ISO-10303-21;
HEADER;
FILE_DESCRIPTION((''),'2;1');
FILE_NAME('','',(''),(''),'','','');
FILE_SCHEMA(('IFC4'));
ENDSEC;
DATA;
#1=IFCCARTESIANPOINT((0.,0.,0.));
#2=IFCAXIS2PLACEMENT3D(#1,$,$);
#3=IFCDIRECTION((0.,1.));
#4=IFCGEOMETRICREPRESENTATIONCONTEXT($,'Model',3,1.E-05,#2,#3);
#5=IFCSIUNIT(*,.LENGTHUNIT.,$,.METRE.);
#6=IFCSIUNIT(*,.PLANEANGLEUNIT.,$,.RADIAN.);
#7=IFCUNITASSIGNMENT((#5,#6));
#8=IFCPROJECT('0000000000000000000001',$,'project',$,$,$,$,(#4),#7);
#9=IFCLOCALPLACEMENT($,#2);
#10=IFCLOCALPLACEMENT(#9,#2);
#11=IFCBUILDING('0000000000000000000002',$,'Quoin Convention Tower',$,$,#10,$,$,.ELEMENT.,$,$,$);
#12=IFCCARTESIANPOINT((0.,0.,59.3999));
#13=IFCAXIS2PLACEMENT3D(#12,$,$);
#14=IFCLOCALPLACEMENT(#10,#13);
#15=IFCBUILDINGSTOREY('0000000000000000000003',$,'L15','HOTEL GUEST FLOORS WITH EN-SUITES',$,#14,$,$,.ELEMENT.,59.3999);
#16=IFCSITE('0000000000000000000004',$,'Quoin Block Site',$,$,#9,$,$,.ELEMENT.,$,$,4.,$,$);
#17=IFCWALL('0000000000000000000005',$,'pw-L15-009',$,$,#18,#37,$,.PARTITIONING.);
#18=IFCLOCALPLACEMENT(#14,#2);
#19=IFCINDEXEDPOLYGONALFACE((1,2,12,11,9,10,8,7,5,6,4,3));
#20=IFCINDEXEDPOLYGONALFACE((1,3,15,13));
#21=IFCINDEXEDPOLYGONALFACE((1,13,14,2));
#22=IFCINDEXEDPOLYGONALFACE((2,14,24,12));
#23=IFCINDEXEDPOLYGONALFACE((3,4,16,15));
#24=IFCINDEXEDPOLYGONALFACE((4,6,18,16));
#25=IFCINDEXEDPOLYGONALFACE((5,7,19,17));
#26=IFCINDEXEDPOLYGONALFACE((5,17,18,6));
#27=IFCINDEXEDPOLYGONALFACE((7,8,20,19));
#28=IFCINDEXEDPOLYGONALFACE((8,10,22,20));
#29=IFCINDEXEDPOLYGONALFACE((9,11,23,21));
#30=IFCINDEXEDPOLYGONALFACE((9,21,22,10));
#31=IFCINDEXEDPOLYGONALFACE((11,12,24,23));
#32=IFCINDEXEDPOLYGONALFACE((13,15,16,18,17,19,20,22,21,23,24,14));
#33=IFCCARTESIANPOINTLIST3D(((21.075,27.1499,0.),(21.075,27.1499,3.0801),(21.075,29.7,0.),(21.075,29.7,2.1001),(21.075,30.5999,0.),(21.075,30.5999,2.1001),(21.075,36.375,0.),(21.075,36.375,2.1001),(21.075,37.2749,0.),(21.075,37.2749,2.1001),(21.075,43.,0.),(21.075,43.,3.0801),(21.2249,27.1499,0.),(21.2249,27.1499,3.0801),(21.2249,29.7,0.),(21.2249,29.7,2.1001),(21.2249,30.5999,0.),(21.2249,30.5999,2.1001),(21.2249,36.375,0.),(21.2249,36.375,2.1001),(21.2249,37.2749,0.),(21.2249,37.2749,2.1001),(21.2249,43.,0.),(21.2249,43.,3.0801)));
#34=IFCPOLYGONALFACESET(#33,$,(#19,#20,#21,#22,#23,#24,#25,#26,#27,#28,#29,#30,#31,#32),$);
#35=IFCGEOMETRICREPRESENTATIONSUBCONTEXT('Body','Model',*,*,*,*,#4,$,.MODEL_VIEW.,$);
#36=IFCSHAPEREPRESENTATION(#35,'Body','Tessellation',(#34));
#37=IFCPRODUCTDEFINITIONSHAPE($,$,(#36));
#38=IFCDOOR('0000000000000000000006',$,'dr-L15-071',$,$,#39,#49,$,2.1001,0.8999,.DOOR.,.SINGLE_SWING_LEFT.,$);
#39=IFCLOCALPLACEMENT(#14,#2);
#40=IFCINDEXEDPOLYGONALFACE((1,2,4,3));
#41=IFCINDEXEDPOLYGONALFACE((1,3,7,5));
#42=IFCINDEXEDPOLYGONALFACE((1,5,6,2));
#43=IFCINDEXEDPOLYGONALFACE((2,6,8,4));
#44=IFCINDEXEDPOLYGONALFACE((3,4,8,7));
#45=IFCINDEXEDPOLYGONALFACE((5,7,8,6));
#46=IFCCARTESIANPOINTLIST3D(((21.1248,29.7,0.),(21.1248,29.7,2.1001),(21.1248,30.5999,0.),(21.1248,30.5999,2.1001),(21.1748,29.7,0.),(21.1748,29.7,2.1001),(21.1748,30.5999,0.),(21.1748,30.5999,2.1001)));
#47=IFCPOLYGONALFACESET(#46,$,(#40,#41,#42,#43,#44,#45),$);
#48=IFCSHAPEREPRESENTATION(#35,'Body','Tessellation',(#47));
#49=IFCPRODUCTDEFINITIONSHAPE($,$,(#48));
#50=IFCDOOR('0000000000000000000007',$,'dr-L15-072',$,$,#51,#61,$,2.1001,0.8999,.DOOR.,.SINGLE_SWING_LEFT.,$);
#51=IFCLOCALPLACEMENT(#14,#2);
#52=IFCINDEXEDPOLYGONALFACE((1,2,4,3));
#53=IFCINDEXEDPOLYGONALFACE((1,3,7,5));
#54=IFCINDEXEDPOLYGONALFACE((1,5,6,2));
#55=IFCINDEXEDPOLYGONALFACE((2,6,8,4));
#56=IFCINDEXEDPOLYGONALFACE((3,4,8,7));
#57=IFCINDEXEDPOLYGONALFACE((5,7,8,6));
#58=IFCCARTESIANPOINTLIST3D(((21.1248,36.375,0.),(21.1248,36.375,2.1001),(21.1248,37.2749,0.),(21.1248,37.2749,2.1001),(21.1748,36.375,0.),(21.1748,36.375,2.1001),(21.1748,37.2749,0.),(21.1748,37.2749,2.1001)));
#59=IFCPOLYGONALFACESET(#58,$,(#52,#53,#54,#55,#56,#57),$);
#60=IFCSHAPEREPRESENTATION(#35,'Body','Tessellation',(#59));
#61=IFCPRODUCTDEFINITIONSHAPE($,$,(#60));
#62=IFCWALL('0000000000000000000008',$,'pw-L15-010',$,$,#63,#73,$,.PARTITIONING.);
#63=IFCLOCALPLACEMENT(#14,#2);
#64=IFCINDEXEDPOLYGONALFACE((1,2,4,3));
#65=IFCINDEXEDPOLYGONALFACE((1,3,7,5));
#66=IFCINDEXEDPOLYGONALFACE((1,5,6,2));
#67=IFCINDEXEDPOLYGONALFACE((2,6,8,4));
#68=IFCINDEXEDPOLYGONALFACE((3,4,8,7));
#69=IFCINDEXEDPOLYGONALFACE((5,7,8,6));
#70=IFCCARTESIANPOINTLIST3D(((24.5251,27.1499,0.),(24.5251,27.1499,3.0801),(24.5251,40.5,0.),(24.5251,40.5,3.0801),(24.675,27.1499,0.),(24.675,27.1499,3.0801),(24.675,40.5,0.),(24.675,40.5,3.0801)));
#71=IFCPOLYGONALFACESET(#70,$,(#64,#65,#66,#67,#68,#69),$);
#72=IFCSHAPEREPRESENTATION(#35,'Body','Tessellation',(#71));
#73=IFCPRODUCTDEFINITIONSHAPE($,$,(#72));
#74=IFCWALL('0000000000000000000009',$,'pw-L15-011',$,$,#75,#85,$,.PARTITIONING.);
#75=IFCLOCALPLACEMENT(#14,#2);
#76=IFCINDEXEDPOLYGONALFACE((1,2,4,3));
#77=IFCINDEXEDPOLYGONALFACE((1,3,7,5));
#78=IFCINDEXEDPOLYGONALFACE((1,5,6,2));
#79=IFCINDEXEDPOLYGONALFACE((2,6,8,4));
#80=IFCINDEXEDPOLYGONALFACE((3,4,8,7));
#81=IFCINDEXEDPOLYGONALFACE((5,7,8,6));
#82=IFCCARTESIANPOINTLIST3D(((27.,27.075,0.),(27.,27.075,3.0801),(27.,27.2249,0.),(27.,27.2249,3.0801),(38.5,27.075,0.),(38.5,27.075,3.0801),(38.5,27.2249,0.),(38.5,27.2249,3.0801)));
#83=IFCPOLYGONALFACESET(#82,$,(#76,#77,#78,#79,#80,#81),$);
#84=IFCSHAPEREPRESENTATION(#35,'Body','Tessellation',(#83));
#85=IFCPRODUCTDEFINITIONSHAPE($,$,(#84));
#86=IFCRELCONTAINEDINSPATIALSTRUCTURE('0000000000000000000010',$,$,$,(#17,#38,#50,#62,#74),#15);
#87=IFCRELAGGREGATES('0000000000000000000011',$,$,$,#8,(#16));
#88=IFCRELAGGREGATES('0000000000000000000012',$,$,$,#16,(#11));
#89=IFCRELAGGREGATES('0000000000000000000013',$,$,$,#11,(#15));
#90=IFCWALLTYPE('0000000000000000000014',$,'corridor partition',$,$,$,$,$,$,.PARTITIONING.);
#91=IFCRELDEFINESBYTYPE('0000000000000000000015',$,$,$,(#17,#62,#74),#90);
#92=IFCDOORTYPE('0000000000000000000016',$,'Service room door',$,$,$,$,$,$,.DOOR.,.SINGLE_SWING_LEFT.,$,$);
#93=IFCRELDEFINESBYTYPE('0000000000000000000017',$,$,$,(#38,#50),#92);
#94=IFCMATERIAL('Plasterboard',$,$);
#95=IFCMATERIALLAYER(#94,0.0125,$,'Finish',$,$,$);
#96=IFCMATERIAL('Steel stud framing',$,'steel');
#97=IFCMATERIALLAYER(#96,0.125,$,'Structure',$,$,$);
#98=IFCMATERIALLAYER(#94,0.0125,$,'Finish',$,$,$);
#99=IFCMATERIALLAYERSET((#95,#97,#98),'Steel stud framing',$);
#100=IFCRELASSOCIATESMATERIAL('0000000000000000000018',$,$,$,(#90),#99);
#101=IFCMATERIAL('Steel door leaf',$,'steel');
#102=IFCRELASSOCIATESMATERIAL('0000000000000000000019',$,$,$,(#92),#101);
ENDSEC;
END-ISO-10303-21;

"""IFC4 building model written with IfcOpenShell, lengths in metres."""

from ifc_helpers import new_model, si_unit, direction, frame, frame_2d, origin, place, context, subcontext, project, spatial, rectangle, extrude, material, layer, layer_set, type_object, element, fill, save


model = new_model("IFC4")

# Units and contexts
model_context = context("Model", 3, precision=1e-05, world=origin(), true_north=direction((0.0, 1.0)))
body_context = subcontext(model_context, "Body", "Model", "MODEL_VIEW")
ifc_project = project(units=[si_unit("LENGTHUNIT", "METRE"), si_unit("PLANEANGLEUNIT", "RADIAN")], contexts=[model_context])

# Site, building, storey
site_placement = place(None, origin())
site = spatial("IfcSite", under=ifc_project, at=site_placement, Name="Quoin Block Site", CompositionType="ELEMENT", RefElevation=4.0)
building_placement = place(site_placement, origin())
building = spatial("IfcBuilding", under=site, at=building_placement, Name="Quoin Convention Tower", CompositionType="ELEMENT")
storey_placement = place(building_placement, frame((0.0, 0.0, 59.3999)))
storey = spatial("IfcBuildingStorey", under=building, at=storey_placement, Name="L15", Description="HOTEL GUEST FLOORS WITH EN-SUITES", CompositionType="ELEMENT", Elevation=59.3999)

# Shared definitions
ifc_material_1 = material(Name="Steel door leaf", Category="steel")

# Shared definitions
ifc_material_2 = material(Name="Plasterboard")
ifc_layer_1 = layer(ifc_material_2, 0.0125, Name="Finish")
ifc_material_3 = material(Name="Steel stud framing", Category="steel")
ifc_layer_2 = layer(ifc_material_3, 0.125, Name="Structure")
ifc_layer_3 = layer(ifc_material_2, 0.0125, Name="Finish")
ifc_layer_set_1 = layer_set([ifc_layer_1, ifc_layer_2, ifc_layer_3], Name="Steel stud framing")
wall_type_1 = type_object("IfcWallType", Name="corridor partition", PredefinedType="PARTITIONING", material=ifc_layer_set_1)

# Wall, openings, doors
wall_1_placement = place(storey_placement, frame((21.1499, 27.1499, 0.0), z_axis=(0.0, 0.0, 1.0), x_axis=(0.0, 1.0, 0.0)))
wall_1 = element("IfcWall", 1, at=wall_1_placement, inside=storey, type_object=wall_type_1, Name="pw-L15-009", PredefinedType="PARTITIONING", context=body_context, shape_type="SweptSolid", body=[
    extrude(rectangle(XDim=15.8501, YDim=0.1499, at=frame_2d((7.925, 0.0))), origin(), (0.0, 0.0, 1.0), 3.0801),
])
opening_1_placement = place(wall_1_placement, frame((2.55, 0.0, 0.0)))
opening_1 = element("IfcOpeningElement", 2, at=opening_1_placement, cuts=wall_1, PredefinedType="OPENING", context=body_context, shape_type="SweptSolid", body=[
    extrude(rectangle(XDim=0.8999, YDim=2.1001, at=frame_2d((0.45, 1.05))), frame((0.0, 0.085, 0.0), z_axis=(0.0, -1.0, 0.0), x_axis=(1.0, 0.0, 0.0)), (0.0, 0.0, 1.0), 0.1699),
])
opening_2_placement = place(wall_1_placement, frame((9.2251, 0.0, 0.0)))
opening_2 = element("IfcOpeningElement", 3, at=opening_2_placement, cuts=wall_1, PredefinedType="OPENING", context=body_context, shape_type="SweptSolid", body=[
    extrude(rectangle(XDim=0.8999, YDim=2.1001, at=frame_2d((0.45, 1.05))), frame((0.0, 0.085, 0.0), z_axis=(0.0, -1.0, 0.0), x_axis=(1.0, 0.0, 0.0)), (0.0, 0.0, 1.0), 0.1699),
])
door_type_1 = type_object("IfcDoorType", Name="Service room door", OperationType="SINGLE_SWING_LEFT", PredefinedType="DOOR", material=ifc_material_1)
door_1_placement = place(opening_1_placement, frame((0.8999, 0.0, 0.0), z_axis=(0.0, 0.0, 1.0), x_axis=(-1.0, 0.0, 0.0)))
door_1 = element("IfcDoor", 4, at=door_1_placement, inside=storey, type_object=door_type_1, Name="dr-L15-071", OperationType="SINGLE_SWING_LEFT", OverallHeight=2.1001, OverallWidth=0.8999, PredefinedType="DOOR", context=body_context, shape_type="SweptSolid", body=[
    extrude(rectangle(XDim=0.8999, YDim=2.1001, at=frame_2d((0.45, 1.05))), frame((0.0, 0.0249, 0.0), z_axis=(0.0, -1.0, 0.0), x_axis=(1.0, 0.0, 0.0)), (0.0, 0.0, 1.0), 0.05),
])
fill(opening_1, door_1)
door_2_placement = place(opening_2_placement, frame((0.8999, 0.0, 0.0), z_axis=(0.0, 0.0, 1.0), x_axis=(-1.0, 0.0, 0.0)))
door_2 = element("IfcDoor", 5, at=door_2_placement, inside=storey, type_object=door_type_1, Name="dr-L15-072", OperationType="SINGLE_SWING_LEFT", OverallHeight=2.1001, OverallWidth=0.8999, PredefinedType="DOOR", context=body_context, shape_type="SweptSolid", body=[
    extrude(rectangle(XDim=0.8999, YDim=2.1001, at=frame_2d((0.45, 1.05))), frame((0.0, 0.0249, 0.0), z_axis=(0.0, -1.0, 0.0), x_axis=(1.0, 0.0, 0.0)), (0.0, 0.0, 1.0), 0.05),
])
fill(opening_2, door_2)

# Walls
wall_2_placement = place(storey_placement, frame((24.6001, 27.1499, 0.0), z_axis=(0.0, 0.0, 1.0), x_axis=(0.0, 1.0, 0.0)))
element("IfcWall", 6, at=wall_2_placement, inside=storey, type_object=wall_type_1, Name="pw-L15-010", PredefinedType="PARTITIONING", context=body_context, shape_type="SweptSolid", body=[
    extrude(rectangle(XDim=13.3501, YDim=0.1499, at=frame_2d((6.675, 0.0))), origin(), (0.0, 0.0, 1.0), 3.0801),
])
wall_3_placement = place(storey_placement, frame((27.0, 27.1499, 0.0), z_axis=(0.0, 0.0, 1.0), x_axis=(1.0, 0.0, 0.0)))
element("IfcWall", 7, at=wall_3_placement, inside=storey, type_object=wall_type_1, Name="pw-L15-011", PredefinedType="PARTITIONING", context=body_context, shape_type="SweptSolid", body=[
    extrude(rectangle(XDim=11.5, YDim=0.1499, at=frame_2d((5.75, 0.0))), origin(), (0.0, 0.0, 1.0), 3.0801),
])

save(model, "model.ifc")
